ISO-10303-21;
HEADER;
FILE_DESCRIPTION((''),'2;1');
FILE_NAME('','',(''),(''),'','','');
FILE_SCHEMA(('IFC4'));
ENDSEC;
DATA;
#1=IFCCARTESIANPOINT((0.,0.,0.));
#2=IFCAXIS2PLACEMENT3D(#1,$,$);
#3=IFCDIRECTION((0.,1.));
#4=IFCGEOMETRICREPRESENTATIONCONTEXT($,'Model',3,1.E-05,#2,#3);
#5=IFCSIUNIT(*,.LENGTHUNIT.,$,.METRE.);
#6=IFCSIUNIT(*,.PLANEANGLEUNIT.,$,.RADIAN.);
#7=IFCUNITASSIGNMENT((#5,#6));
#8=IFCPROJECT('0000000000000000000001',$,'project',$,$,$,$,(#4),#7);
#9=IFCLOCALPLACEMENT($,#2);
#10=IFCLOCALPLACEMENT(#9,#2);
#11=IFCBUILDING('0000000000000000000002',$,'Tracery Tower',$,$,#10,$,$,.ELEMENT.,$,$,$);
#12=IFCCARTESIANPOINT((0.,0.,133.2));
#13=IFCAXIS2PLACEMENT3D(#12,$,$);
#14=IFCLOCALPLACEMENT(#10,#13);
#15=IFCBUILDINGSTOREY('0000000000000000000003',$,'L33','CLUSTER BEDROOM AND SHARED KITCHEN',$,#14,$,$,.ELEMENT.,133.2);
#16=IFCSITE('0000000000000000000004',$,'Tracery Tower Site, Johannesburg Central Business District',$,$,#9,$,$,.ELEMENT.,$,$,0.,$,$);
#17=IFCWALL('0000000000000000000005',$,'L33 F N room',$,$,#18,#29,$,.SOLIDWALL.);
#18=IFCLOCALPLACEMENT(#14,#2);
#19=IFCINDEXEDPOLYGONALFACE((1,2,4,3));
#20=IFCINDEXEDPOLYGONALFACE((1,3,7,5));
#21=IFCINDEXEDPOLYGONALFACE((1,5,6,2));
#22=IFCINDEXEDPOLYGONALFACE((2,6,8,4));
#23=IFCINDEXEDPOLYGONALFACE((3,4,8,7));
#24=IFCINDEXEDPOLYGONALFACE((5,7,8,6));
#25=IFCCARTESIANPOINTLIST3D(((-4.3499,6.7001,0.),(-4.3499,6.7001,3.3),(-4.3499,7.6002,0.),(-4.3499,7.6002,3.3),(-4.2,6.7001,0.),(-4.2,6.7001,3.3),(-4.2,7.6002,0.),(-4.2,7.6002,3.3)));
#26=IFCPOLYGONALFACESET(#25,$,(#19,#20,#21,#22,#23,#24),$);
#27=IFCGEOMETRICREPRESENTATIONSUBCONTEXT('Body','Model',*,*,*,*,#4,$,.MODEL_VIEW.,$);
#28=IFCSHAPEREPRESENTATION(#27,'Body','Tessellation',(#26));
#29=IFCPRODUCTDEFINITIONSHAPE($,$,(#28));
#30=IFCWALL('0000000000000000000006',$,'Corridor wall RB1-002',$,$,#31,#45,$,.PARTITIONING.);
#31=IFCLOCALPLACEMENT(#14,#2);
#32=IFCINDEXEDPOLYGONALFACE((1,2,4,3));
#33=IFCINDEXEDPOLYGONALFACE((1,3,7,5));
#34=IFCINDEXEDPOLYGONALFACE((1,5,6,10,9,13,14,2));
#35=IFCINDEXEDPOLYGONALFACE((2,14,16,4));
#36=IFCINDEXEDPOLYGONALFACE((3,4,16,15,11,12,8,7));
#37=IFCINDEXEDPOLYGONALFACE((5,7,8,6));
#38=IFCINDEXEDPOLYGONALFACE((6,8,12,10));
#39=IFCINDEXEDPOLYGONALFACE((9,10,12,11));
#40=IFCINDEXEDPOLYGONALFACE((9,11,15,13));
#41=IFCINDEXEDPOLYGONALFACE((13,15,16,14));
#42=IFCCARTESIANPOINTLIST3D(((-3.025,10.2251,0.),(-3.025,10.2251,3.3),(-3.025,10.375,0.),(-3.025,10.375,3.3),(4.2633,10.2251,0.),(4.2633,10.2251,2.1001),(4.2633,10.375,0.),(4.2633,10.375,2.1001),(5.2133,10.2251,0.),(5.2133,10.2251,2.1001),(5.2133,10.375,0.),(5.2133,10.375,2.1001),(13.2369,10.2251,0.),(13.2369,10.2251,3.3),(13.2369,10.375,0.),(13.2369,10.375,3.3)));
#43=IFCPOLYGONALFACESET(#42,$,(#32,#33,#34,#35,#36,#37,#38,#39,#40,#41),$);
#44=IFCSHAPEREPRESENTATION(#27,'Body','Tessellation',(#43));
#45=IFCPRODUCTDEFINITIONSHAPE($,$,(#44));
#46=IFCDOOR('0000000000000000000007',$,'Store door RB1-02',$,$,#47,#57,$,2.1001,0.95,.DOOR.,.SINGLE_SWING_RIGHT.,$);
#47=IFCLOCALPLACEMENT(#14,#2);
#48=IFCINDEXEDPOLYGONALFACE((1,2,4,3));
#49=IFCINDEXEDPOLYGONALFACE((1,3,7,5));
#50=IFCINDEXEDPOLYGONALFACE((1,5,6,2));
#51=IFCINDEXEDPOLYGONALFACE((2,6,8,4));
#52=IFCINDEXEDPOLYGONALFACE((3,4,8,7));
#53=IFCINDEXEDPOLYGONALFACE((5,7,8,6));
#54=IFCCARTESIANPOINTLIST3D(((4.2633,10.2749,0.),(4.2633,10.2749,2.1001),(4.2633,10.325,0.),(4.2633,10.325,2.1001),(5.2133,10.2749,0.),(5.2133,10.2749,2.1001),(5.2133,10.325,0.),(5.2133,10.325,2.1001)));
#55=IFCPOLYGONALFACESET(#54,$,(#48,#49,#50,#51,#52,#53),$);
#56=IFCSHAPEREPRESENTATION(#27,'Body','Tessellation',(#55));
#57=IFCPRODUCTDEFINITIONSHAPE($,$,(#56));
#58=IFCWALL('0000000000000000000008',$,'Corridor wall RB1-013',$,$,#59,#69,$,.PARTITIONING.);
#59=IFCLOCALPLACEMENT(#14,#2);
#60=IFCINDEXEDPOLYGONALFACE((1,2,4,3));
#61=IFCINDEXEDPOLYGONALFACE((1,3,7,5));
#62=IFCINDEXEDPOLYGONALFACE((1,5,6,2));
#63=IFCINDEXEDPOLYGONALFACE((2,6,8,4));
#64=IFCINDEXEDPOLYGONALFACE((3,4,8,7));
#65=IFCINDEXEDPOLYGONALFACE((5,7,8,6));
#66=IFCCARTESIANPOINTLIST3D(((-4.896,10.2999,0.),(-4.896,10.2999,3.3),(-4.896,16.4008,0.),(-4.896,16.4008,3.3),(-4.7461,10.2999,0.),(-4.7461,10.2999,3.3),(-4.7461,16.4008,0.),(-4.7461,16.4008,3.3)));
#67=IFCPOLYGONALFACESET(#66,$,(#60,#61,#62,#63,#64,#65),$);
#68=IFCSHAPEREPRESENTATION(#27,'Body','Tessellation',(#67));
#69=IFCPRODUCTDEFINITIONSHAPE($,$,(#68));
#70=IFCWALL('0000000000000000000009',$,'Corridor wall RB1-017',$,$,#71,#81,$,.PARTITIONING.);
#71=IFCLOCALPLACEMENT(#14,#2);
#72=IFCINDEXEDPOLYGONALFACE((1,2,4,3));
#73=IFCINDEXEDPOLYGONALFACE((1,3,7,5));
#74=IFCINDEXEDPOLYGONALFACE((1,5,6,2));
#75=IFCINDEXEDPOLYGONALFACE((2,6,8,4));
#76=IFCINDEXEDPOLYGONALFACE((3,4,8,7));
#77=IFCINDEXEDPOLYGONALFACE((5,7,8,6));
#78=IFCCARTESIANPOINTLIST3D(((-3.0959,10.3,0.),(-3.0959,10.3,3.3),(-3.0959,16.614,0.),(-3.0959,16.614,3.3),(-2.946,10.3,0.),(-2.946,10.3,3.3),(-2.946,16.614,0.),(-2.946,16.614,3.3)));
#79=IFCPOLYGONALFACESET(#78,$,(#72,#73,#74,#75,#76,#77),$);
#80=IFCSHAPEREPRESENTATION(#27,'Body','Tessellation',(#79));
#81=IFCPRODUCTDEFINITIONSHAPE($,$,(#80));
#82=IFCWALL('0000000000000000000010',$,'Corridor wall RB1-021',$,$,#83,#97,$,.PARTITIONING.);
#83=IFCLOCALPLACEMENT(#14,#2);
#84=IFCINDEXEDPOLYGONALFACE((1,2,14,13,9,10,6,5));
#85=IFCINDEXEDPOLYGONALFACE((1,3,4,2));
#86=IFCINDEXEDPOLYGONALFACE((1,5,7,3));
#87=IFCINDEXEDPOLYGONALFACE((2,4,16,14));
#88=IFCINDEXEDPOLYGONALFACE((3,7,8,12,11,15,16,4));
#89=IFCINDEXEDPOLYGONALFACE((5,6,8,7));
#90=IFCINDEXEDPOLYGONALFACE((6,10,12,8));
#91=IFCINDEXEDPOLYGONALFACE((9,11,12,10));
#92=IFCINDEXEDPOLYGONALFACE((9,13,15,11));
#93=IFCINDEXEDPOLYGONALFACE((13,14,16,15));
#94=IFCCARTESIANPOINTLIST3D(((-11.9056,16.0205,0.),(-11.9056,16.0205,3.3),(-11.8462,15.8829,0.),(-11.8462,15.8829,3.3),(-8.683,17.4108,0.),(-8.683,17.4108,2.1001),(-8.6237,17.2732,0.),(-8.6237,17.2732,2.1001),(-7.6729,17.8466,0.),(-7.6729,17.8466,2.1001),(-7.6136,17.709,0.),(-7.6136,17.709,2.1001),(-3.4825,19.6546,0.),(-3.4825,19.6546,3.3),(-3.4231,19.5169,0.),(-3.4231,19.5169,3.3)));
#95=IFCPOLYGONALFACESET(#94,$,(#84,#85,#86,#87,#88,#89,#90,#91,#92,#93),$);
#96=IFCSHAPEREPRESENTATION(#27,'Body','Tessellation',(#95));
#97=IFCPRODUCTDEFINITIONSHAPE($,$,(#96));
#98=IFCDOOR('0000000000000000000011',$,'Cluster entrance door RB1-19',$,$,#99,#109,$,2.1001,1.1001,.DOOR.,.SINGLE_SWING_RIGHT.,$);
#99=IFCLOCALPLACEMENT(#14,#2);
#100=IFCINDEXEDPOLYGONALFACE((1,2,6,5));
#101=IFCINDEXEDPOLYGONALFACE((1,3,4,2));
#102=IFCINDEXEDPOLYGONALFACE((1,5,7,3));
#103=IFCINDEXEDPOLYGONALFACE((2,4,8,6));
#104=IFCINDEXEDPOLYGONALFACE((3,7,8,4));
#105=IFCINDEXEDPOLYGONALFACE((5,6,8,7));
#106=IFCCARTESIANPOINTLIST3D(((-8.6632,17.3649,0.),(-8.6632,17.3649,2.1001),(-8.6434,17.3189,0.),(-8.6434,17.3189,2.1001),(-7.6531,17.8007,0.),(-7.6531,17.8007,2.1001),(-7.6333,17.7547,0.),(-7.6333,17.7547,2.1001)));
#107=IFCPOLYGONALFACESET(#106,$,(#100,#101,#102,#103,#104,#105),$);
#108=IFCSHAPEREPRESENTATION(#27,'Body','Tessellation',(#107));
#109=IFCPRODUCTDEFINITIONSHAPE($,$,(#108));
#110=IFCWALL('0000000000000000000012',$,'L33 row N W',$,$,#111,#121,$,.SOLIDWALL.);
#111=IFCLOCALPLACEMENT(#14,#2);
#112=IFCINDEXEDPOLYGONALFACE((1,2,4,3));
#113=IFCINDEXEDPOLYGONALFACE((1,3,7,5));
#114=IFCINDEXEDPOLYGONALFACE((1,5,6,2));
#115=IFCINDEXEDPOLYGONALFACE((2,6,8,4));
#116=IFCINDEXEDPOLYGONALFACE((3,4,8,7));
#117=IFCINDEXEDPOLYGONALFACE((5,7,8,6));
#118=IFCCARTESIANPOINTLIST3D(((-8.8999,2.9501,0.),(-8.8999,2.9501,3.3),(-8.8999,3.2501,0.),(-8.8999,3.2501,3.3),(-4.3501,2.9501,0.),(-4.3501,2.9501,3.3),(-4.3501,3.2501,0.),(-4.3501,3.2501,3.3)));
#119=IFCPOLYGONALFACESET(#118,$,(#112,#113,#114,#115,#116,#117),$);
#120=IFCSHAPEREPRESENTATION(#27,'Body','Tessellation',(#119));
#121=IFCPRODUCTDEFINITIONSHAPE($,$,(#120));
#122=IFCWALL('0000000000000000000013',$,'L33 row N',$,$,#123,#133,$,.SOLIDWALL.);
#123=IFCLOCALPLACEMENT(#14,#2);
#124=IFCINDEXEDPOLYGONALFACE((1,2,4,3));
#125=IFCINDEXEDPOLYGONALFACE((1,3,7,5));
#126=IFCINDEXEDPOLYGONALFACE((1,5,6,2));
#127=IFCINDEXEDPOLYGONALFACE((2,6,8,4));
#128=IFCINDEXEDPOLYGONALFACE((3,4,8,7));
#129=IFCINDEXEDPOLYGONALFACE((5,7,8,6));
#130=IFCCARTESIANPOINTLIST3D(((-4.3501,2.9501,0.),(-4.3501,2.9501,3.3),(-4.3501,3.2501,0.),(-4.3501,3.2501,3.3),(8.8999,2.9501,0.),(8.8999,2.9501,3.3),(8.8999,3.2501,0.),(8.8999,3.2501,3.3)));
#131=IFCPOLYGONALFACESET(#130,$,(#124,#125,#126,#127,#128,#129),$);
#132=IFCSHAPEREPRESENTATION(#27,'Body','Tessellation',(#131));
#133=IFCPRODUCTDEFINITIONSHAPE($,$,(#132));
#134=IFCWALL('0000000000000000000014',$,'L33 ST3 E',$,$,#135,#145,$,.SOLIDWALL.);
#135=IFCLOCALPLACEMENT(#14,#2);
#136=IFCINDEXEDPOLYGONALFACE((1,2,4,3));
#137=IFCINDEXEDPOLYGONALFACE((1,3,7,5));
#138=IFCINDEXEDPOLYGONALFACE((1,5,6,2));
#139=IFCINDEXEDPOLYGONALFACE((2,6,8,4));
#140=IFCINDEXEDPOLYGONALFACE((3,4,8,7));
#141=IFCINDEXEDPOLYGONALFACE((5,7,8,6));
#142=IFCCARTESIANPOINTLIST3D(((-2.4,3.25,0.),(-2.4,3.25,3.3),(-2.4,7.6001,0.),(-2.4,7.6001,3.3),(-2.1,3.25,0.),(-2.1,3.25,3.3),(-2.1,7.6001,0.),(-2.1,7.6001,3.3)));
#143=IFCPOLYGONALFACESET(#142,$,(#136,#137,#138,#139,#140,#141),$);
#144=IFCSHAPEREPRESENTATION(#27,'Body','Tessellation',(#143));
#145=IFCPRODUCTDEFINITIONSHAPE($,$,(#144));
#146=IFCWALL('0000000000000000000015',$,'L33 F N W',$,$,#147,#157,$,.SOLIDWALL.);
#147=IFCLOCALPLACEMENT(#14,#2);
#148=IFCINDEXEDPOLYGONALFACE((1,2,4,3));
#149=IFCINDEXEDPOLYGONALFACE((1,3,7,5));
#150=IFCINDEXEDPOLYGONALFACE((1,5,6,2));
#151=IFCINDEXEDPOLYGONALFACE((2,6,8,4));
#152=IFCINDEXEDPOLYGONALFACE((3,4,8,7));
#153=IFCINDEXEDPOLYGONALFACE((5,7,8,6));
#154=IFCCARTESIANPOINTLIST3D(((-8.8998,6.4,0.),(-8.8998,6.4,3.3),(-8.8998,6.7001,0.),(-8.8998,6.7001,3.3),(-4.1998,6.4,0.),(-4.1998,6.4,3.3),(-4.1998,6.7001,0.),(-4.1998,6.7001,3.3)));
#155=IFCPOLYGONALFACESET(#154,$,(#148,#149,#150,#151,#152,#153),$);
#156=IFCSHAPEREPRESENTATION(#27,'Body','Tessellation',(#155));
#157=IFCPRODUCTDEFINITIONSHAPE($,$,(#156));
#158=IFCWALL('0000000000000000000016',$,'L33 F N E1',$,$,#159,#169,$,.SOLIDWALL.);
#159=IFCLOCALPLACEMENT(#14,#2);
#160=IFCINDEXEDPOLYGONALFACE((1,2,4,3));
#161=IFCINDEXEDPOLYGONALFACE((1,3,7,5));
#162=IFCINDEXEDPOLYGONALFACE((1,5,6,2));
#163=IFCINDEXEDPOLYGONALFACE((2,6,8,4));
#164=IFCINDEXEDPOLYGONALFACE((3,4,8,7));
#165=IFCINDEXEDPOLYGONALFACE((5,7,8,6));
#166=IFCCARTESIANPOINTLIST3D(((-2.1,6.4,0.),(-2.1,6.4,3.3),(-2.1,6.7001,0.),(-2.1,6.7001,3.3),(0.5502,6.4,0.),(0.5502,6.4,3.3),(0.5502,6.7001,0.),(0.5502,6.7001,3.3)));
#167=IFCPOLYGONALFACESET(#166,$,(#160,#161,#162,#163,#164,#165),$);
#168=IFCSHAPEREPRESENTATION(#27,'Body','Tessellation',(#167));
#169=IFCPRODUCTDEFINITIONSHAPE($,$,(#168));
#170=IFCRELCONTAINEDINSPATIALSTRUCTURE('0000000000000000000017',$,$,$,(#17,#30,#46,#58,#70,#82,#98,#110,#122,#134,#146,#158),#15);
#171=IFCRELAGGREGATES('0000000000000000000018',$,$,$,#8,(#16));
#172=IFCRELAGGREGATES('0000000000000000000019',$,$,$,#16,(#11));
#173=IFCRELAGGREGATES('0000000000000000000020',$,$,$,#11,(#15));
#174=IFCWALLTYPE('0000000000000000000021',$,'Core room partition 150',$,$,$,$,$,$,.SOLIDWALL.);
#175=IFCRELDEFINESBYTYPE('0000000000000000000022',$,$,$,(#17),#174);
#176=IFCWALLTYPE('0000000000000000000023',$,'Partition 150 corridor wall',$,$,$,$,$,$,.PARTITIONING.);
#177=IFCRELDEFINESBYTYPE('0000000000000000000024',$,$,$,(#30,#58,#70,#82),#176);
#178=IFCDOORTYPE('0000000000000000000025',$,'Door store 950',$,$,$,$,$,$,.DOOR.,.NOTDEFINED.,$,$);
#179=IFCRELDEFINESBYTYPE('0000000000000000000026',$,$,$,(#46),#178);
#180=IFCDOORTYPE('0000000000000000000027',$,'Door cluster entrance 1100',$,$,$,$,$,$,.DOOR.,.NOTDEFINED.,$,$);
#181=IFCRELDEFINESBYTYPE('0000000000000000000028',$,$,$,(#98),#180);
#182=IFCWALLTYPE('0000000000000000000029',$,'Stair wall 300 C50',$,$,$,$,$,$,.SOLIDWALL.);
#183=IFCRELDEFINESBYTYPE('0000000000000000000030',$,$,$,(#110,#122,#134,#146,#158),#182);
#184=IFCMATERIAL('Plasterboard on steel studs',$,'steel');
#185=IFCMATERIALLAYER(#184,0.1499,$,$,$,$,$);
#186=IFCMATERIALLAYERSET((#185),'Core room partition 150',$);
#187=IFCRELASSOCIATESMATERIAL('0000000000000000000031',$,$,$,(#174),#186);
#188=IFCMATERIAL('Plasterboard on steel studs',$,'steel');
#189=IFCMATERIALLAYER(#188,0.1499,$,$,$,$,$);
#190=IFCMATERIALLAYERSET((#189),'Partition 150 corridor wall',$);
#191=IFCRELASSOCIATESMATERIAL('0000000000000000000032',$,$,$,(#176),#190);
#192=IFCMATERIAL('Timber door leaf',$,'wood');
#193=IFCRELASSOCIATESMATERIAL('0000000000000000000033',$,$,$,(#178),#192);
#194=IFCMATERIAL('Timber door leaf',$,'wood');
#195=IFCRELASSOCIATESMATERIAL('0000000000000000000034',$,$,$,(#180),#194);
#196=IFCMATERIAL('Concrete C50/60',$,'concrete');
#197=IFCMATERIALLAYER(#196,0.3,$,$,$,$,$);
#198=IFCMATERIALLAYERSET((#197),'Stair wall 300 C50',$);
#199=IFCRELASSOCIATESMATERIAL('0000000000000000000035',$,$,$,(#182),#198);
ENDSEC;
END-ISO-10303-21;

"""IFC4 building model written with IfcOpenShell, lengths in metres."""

from ifc_helpers import new_model, si_unit, direction, frame, frame_2d, origin, place, context, subcontext, project, spatial, rectangle, extrude, material, layer, layer_set, type_object, element, fill, save


model = new_model("IFC4")

# Units and contexts
model_context = context("Model", 3, precision=1e-05, world=origin(), true_north=direction((0.0, 1.0)))
body_context = subcontext(model_context, "Body", "Model", "MODEL_VIEW")
ifc_project = project(units=[si_unit("LENGTHUNIT", "METRE"), si_unit("PLANEANGLEUNIT", "RADIAN")], contexts=[model_context])

# Site, building, storey
site_placement = place(None, origin())
site = spatial("IfcSite", under=ifc_project, at=site_placement, Name="Tracery Tower Site, Johannesburg Central Business District", CompositionType="ELEMENT", RefElevation=0.0)
building_placement = place(site_placement, origin())
building = spatial("IfcBuilding", under=site, at=building_placement, Name="Tracery Tower", CompositionType="ELEMENT")
storey_placement = place(building_placement, frame((0.0, 0.0, 133.2)))
storey = spatial("IfcBuildingStorey", under=building, at=storey_placement, Name="L33", Description="CLUSTER BEDROOM AND SHARED KITCHEN", CompositionType="ELEMENT", Elevation=133.2)

# Wall
ifc_material_1 = material(Name="Plasterboard on steel studs", Category="steel")
ifc_layer_1 = layer(ifc_material_1, 0.1499)
ifc_layer_set_1 = layer_set([ifc_layer_1], Name="Core room partition 150")
wall_type_1 = type_object("IfcWallType", Name="Core room partition 150", PredefinedType="SOLIDWALL", material=ifc_layer_set_1)
wall_1_placement = place(storey_placement, frame((-4.2749, 6.7, 0.0), z_axis=(0.0, 0.0, 1.0), x_axis=(0.0, 1.0, 0.0)))
element("IfcWall", 1, at=wall_1_placement, inside=storey, type_object=wall_type_1, Name="L33 F N room", PredefinedType="SOLIDWALL", context=body_context, shape_type="SweptSolid", body=[
    extrude(rectangle(XDim=0.9001, YDim=0.1499, at=frame_2d((0.4502, 0.0))), origin(), (0.0, 0.0, 1.0), 3.3),
])

# Wall, opening, door
ifc_material_2 = material(Name="Plasterboard on steel studs", Category="steel")
ifc_layer_2 = layer(ifc_material_2, 0.1499)
ifc_layer_set_2 = layer_set([ifc_layer_2], Name="Partition 150 corridor wall")
wall_type_2 = type_object("IfcWallType", Name="Partition 150 corridor wall", PredefinedType="PARTITIONING", material=ifc_layer_set_2)
wall_2_placement = place(storey_placement, frame((-3.0249, 10.3, 0.0), z_axis=(0.0, 0.0, 1.0), x_axis=(1.0, 0.0, 0.0)))
wall_2 = element("IfcWall", 2, at=wall_2_placement, inside=storey, type_object=wall_type_2, Name="Corridor wall RB1-002", PredefinedType="PARTITIONING", context=body_context, shape_type="SweptSolid", body=[
    extrude(rectangle(XDim=16.262, YDim=0.1499, at=frame_2d((8.1309, 0.0))), origin(), (0.0, 0.0, 1.0), 3.3),
])
opening_1_placement = place(wall_2_placement, frame((7.2881, 0.0, 0.0)))
opening_1 = element("IfcOpeningElement", 3, at=opening_1_placement, cuts=wall_2, PredefinedType="OPENING", context=body_context, shape_type="SweptSolid", body=[
    extrude(rectangle(XDim=0.95, YDim=2.1001, at=frame_2d((0.4751, 1.05))), frame((0.0, 0.075, 0.0), z_axis=(0.0, -1.0, 0.0), x_axis=(1.0, 0.0, 0.0)), (0.0, 0.0, 1.0), 0.1499),
])
ifc_material_3 = material(Name="Timber door leaf", Category="wood")
door_type_1 = type_object("IfcDoorType", Name="Door store 950", OperationType="NOTDEFINED", PredefinedType="DOOR", material=ifc_material_3)
door_1_placement = place(opening_1_placement, origin())
door_1 = element("IfcDoor", 4, at=door_1_placement, inside=storey, type_object=door_type_1, Name="Store door RB1-02", OperationType="SINGLE_SWING_RIGHT", OverallHeight=2.1001, OverallWidth=0.95, PredefinedType="DOOR", context=body_context, shape_type="SweptSolid", body=[
    extrude(rectangle(XDim=0.95, YDim=2.1001, at=frame_2d((0.4751, 1.05))), frame((0.0, 0.0249, 0.0), z_axis=(0.0, -1.0, 0.0), x_axis=(1.0, 0.0, 0.0)), (0.0, 0.0, 1.0), 0.05),
])
fill(opening_1, door_1)

# Walls
wall_3_placement = place(storey_placement, frame((-4.821, 10.3, 0.0), z_axis=(0.0, 0.0, 1.0), x_axis=(0.0, 1.0, 0.0)))
element("IfcWall", 5, at=wall_3_placement, inside=storey, type_object=wall_type_2, Name="Corridor wall RB1-013", PredefinedType="PARTITIONING", context=body_context, shape_type="SweptSolid", body=[
    extrude(rectangle(XDim=6.1008, YDim=0.1499, at=frame_2d((3.0503, 0.0))), origin(), (0.0, 0.0, 1.0), 3.3),
])
wall_4_placement = place(storey_placement, frame((-3.021, 10.3, 0.0), z_axis=(0.0, 0.0, 1.0), x_axis=(0.0, 1.0, 0.0)))
element("IfcWall", 6, at=wall_4_placement, inside=storey, type_object=wall_type_2, Name="Corridor wall RB1-017", PredefinedType="PARTITIONING", context=body_context, shape_type="SweptSolid", body=[
    extrude(rectangle(XDim=6.314, YDim=0.1499, at=frame_2d((3.157, 0.0))), origin(), (0.0, 0.0, 1.0), 3.3),
])

# Wall, opening, door
wall_5_placement = place(storey_placement, frame((-11.876, 15.9517, 0.0), z_axis=(0.0, 0.0, 1.0), x_axis=(0.91819, 0.396141, 0.0)))
wall_5 = element("IfcWall", 7, at=wall_5_placement, inside=storey, type_object=wall_type_2, Name="Corridor wall RB1-021", PredefinedType="PARTITIONING", context=body_context, shape_type="SweptSolid", body=[
    extrude(rectangle(XDim=9.1736, YDim=0.1499, at=frame_2d((4.5869, 0.0))), origin(), (0.0, 0.0, 1.0), 3.3),
])
opening_2_placement = place(wall_5_placement, frame((3.5098, 0.0, 0.0)))
opening_2 = element("IfcOpeningElement", 8, at=opening_2_placement, cuts=wall_5, PredefinedType="OPENING", context=body_context, shape_type="SweptSolid", body=[
    extrude(rectangle(XDim=1.1001, YDim=2.1001, at=frame_2d((0.55, 1.05))), frame((0.0, 0.075, 0.0), z_axis=(0.0, -1.0, 0.0), x_axis=(1.0, 0.0, 0.0)), (0.0, 0.0, 1.0), 0.1499),
])
ifc_material_4 = material(Name="Timber door leaf", Category="wood")
door_type_2 = type_object("IfcDoorType", Name="Door cluster entrance 1100", OperationType="NOTDEFINED", PredefinedType="DOOR", material=ifc_material_4)
door_2_placement = place(opening_2_placement, origin())
door_2 = element("IfcDoor", 9, at=door_2_placement, inside=storey, type_object=door_type_2, Name="Cluster entrance door RB1-19", OperationType="SINGLE_SWING_RIGHT", OverallHeight=2.1001, OverallWidth=1.1001, PredefinedType="DOOR", context=body_context, shape_type="SweptSolid", body=[
    extrude(rectangle(XDim=1.1001, YDim=2.1001, at=frame_2d((0.55, 1.05))), frame((0.0, 0.0249, 0.0), z_axis=(0.0, -1.0, 0.0), x_axis=(1.0, 0.0, 0.0)), (0.0, 0.0, 1.0), 0.05),
])
fill(opening_2, door_2)

# Walls
ifc_material_5 = material(Name="Concrete C50/60", Category="concrete")
ifc_layer_3 = layer(ifc_material_5, 0.3)
ifc_layer_set_3 = layer_set([ifc_layer_3], Name="Stair wall 300 C50")
wall_type_3 = type_object("IfcWallType", Name="Stair wall 300 C50", PredefinedType="SOLIDWALL", material=ifc_layer_set_3)
wall_6_placement = place(storey_placement, frame((-8.8999, 3.1001, 0.0), z_axis=(0.0, 0.0, 1.0), x_axis=(1.0, 0.0, 0.0)))
element("IfcWall", 10, at=wall_6_placement, inside=storey, type_object=wall_type_3, Name="L33 row N W", PredefinedType="SOLIDWALL", context=body_context, shape_type="SweptSolid", body=[
    extrude(rectangle(XDim=4.5498, YDim=0.3, at=frame_2d((2.2749, 0.0))), origin(), (0.0, 0.0, 1.0), 3.3),
])
wall_7_placement = place(storey_placement, frame((-4.3501, 3.1001, 0.0), z_axis=(0.0, 0.0, 1.0), x_axis=(1.0, 0.0, 0.0)))
element("IfcWall", 11, at=wall_7_placement, inside=storey, type_object=wall_type_3, Name="L33 row N", PredefinedType="SOLIDWALL", context=body_context, shape_type="SweptSolid", body=[
    extrude(rectangle(XDim=13.25, YDim=0.3, at=frame_2d((6.625, 0.0))), origin(), (0.0, 0.0, 1.0), 3.3),
])
wall_8_placement = place(storey_placement, frame((-2.25, 3.25, 0.0), z_axis=(0.0, 0.0, 1.0), x_axis=(0.0, 1.0, 0.0)))
element("IfcWall", 12, at=wall_8_placement, inside=storey, type_object=wall_type_3, Name="L33 ST3 E", PredefinedType="SOLIDWALL", context=body_context, shape_type="SweptSolid", body=[
    extrude(rectangle(XDim=4.3501, YDim=0.3, at=frame_2d((2.175, 0.0))), origin(), (0.0, 0.0, 1.0), 3.3),
])
wall_9_placement = place(storey_placement, frame((-8.8999, 6.55, 0.0), z_axis=(0.0, 0.0, 1.0), x_axis=(1.0, 0.0, 0.0)))
element("IfcWall", 13, at=wall_9_placement, inside=storey, type_object=wall_type_3, Name="L33 F N W", PredefinedType="SOLIDWALL", context=body_context, shape_type="SweptSolid", body=[
    extrude(rectangle(XDim=4.7, YDim=0.3, at=frame_2d((2.3501, 0.0))), origin(), (0.0, 0.0, 1.0), 3.3),
])

# Wall
wall_10_placement = place(storey_placement, frame((-2.1001, 6.55, 0.0), z_axis=(0.0, 0.0, 1.0), x_axis=(1.0, 0.0, 0.0)))
element("IfcWall", 14, at=wall_10_placement, inside=storey, type_object=wall_type_3, Name="L33 F N E1", PredefinedType="SOLIDWALL", context=body_context, shape_type="SweptSolid", body=[
    extrude(rectangle(XDim=2.6501, YDim=0.3, at=frame_2d((1.3252, 0.0))), origin(), (0.0, 0.0, 1.0), 3.3),
])

save(model, "model.ifc")
